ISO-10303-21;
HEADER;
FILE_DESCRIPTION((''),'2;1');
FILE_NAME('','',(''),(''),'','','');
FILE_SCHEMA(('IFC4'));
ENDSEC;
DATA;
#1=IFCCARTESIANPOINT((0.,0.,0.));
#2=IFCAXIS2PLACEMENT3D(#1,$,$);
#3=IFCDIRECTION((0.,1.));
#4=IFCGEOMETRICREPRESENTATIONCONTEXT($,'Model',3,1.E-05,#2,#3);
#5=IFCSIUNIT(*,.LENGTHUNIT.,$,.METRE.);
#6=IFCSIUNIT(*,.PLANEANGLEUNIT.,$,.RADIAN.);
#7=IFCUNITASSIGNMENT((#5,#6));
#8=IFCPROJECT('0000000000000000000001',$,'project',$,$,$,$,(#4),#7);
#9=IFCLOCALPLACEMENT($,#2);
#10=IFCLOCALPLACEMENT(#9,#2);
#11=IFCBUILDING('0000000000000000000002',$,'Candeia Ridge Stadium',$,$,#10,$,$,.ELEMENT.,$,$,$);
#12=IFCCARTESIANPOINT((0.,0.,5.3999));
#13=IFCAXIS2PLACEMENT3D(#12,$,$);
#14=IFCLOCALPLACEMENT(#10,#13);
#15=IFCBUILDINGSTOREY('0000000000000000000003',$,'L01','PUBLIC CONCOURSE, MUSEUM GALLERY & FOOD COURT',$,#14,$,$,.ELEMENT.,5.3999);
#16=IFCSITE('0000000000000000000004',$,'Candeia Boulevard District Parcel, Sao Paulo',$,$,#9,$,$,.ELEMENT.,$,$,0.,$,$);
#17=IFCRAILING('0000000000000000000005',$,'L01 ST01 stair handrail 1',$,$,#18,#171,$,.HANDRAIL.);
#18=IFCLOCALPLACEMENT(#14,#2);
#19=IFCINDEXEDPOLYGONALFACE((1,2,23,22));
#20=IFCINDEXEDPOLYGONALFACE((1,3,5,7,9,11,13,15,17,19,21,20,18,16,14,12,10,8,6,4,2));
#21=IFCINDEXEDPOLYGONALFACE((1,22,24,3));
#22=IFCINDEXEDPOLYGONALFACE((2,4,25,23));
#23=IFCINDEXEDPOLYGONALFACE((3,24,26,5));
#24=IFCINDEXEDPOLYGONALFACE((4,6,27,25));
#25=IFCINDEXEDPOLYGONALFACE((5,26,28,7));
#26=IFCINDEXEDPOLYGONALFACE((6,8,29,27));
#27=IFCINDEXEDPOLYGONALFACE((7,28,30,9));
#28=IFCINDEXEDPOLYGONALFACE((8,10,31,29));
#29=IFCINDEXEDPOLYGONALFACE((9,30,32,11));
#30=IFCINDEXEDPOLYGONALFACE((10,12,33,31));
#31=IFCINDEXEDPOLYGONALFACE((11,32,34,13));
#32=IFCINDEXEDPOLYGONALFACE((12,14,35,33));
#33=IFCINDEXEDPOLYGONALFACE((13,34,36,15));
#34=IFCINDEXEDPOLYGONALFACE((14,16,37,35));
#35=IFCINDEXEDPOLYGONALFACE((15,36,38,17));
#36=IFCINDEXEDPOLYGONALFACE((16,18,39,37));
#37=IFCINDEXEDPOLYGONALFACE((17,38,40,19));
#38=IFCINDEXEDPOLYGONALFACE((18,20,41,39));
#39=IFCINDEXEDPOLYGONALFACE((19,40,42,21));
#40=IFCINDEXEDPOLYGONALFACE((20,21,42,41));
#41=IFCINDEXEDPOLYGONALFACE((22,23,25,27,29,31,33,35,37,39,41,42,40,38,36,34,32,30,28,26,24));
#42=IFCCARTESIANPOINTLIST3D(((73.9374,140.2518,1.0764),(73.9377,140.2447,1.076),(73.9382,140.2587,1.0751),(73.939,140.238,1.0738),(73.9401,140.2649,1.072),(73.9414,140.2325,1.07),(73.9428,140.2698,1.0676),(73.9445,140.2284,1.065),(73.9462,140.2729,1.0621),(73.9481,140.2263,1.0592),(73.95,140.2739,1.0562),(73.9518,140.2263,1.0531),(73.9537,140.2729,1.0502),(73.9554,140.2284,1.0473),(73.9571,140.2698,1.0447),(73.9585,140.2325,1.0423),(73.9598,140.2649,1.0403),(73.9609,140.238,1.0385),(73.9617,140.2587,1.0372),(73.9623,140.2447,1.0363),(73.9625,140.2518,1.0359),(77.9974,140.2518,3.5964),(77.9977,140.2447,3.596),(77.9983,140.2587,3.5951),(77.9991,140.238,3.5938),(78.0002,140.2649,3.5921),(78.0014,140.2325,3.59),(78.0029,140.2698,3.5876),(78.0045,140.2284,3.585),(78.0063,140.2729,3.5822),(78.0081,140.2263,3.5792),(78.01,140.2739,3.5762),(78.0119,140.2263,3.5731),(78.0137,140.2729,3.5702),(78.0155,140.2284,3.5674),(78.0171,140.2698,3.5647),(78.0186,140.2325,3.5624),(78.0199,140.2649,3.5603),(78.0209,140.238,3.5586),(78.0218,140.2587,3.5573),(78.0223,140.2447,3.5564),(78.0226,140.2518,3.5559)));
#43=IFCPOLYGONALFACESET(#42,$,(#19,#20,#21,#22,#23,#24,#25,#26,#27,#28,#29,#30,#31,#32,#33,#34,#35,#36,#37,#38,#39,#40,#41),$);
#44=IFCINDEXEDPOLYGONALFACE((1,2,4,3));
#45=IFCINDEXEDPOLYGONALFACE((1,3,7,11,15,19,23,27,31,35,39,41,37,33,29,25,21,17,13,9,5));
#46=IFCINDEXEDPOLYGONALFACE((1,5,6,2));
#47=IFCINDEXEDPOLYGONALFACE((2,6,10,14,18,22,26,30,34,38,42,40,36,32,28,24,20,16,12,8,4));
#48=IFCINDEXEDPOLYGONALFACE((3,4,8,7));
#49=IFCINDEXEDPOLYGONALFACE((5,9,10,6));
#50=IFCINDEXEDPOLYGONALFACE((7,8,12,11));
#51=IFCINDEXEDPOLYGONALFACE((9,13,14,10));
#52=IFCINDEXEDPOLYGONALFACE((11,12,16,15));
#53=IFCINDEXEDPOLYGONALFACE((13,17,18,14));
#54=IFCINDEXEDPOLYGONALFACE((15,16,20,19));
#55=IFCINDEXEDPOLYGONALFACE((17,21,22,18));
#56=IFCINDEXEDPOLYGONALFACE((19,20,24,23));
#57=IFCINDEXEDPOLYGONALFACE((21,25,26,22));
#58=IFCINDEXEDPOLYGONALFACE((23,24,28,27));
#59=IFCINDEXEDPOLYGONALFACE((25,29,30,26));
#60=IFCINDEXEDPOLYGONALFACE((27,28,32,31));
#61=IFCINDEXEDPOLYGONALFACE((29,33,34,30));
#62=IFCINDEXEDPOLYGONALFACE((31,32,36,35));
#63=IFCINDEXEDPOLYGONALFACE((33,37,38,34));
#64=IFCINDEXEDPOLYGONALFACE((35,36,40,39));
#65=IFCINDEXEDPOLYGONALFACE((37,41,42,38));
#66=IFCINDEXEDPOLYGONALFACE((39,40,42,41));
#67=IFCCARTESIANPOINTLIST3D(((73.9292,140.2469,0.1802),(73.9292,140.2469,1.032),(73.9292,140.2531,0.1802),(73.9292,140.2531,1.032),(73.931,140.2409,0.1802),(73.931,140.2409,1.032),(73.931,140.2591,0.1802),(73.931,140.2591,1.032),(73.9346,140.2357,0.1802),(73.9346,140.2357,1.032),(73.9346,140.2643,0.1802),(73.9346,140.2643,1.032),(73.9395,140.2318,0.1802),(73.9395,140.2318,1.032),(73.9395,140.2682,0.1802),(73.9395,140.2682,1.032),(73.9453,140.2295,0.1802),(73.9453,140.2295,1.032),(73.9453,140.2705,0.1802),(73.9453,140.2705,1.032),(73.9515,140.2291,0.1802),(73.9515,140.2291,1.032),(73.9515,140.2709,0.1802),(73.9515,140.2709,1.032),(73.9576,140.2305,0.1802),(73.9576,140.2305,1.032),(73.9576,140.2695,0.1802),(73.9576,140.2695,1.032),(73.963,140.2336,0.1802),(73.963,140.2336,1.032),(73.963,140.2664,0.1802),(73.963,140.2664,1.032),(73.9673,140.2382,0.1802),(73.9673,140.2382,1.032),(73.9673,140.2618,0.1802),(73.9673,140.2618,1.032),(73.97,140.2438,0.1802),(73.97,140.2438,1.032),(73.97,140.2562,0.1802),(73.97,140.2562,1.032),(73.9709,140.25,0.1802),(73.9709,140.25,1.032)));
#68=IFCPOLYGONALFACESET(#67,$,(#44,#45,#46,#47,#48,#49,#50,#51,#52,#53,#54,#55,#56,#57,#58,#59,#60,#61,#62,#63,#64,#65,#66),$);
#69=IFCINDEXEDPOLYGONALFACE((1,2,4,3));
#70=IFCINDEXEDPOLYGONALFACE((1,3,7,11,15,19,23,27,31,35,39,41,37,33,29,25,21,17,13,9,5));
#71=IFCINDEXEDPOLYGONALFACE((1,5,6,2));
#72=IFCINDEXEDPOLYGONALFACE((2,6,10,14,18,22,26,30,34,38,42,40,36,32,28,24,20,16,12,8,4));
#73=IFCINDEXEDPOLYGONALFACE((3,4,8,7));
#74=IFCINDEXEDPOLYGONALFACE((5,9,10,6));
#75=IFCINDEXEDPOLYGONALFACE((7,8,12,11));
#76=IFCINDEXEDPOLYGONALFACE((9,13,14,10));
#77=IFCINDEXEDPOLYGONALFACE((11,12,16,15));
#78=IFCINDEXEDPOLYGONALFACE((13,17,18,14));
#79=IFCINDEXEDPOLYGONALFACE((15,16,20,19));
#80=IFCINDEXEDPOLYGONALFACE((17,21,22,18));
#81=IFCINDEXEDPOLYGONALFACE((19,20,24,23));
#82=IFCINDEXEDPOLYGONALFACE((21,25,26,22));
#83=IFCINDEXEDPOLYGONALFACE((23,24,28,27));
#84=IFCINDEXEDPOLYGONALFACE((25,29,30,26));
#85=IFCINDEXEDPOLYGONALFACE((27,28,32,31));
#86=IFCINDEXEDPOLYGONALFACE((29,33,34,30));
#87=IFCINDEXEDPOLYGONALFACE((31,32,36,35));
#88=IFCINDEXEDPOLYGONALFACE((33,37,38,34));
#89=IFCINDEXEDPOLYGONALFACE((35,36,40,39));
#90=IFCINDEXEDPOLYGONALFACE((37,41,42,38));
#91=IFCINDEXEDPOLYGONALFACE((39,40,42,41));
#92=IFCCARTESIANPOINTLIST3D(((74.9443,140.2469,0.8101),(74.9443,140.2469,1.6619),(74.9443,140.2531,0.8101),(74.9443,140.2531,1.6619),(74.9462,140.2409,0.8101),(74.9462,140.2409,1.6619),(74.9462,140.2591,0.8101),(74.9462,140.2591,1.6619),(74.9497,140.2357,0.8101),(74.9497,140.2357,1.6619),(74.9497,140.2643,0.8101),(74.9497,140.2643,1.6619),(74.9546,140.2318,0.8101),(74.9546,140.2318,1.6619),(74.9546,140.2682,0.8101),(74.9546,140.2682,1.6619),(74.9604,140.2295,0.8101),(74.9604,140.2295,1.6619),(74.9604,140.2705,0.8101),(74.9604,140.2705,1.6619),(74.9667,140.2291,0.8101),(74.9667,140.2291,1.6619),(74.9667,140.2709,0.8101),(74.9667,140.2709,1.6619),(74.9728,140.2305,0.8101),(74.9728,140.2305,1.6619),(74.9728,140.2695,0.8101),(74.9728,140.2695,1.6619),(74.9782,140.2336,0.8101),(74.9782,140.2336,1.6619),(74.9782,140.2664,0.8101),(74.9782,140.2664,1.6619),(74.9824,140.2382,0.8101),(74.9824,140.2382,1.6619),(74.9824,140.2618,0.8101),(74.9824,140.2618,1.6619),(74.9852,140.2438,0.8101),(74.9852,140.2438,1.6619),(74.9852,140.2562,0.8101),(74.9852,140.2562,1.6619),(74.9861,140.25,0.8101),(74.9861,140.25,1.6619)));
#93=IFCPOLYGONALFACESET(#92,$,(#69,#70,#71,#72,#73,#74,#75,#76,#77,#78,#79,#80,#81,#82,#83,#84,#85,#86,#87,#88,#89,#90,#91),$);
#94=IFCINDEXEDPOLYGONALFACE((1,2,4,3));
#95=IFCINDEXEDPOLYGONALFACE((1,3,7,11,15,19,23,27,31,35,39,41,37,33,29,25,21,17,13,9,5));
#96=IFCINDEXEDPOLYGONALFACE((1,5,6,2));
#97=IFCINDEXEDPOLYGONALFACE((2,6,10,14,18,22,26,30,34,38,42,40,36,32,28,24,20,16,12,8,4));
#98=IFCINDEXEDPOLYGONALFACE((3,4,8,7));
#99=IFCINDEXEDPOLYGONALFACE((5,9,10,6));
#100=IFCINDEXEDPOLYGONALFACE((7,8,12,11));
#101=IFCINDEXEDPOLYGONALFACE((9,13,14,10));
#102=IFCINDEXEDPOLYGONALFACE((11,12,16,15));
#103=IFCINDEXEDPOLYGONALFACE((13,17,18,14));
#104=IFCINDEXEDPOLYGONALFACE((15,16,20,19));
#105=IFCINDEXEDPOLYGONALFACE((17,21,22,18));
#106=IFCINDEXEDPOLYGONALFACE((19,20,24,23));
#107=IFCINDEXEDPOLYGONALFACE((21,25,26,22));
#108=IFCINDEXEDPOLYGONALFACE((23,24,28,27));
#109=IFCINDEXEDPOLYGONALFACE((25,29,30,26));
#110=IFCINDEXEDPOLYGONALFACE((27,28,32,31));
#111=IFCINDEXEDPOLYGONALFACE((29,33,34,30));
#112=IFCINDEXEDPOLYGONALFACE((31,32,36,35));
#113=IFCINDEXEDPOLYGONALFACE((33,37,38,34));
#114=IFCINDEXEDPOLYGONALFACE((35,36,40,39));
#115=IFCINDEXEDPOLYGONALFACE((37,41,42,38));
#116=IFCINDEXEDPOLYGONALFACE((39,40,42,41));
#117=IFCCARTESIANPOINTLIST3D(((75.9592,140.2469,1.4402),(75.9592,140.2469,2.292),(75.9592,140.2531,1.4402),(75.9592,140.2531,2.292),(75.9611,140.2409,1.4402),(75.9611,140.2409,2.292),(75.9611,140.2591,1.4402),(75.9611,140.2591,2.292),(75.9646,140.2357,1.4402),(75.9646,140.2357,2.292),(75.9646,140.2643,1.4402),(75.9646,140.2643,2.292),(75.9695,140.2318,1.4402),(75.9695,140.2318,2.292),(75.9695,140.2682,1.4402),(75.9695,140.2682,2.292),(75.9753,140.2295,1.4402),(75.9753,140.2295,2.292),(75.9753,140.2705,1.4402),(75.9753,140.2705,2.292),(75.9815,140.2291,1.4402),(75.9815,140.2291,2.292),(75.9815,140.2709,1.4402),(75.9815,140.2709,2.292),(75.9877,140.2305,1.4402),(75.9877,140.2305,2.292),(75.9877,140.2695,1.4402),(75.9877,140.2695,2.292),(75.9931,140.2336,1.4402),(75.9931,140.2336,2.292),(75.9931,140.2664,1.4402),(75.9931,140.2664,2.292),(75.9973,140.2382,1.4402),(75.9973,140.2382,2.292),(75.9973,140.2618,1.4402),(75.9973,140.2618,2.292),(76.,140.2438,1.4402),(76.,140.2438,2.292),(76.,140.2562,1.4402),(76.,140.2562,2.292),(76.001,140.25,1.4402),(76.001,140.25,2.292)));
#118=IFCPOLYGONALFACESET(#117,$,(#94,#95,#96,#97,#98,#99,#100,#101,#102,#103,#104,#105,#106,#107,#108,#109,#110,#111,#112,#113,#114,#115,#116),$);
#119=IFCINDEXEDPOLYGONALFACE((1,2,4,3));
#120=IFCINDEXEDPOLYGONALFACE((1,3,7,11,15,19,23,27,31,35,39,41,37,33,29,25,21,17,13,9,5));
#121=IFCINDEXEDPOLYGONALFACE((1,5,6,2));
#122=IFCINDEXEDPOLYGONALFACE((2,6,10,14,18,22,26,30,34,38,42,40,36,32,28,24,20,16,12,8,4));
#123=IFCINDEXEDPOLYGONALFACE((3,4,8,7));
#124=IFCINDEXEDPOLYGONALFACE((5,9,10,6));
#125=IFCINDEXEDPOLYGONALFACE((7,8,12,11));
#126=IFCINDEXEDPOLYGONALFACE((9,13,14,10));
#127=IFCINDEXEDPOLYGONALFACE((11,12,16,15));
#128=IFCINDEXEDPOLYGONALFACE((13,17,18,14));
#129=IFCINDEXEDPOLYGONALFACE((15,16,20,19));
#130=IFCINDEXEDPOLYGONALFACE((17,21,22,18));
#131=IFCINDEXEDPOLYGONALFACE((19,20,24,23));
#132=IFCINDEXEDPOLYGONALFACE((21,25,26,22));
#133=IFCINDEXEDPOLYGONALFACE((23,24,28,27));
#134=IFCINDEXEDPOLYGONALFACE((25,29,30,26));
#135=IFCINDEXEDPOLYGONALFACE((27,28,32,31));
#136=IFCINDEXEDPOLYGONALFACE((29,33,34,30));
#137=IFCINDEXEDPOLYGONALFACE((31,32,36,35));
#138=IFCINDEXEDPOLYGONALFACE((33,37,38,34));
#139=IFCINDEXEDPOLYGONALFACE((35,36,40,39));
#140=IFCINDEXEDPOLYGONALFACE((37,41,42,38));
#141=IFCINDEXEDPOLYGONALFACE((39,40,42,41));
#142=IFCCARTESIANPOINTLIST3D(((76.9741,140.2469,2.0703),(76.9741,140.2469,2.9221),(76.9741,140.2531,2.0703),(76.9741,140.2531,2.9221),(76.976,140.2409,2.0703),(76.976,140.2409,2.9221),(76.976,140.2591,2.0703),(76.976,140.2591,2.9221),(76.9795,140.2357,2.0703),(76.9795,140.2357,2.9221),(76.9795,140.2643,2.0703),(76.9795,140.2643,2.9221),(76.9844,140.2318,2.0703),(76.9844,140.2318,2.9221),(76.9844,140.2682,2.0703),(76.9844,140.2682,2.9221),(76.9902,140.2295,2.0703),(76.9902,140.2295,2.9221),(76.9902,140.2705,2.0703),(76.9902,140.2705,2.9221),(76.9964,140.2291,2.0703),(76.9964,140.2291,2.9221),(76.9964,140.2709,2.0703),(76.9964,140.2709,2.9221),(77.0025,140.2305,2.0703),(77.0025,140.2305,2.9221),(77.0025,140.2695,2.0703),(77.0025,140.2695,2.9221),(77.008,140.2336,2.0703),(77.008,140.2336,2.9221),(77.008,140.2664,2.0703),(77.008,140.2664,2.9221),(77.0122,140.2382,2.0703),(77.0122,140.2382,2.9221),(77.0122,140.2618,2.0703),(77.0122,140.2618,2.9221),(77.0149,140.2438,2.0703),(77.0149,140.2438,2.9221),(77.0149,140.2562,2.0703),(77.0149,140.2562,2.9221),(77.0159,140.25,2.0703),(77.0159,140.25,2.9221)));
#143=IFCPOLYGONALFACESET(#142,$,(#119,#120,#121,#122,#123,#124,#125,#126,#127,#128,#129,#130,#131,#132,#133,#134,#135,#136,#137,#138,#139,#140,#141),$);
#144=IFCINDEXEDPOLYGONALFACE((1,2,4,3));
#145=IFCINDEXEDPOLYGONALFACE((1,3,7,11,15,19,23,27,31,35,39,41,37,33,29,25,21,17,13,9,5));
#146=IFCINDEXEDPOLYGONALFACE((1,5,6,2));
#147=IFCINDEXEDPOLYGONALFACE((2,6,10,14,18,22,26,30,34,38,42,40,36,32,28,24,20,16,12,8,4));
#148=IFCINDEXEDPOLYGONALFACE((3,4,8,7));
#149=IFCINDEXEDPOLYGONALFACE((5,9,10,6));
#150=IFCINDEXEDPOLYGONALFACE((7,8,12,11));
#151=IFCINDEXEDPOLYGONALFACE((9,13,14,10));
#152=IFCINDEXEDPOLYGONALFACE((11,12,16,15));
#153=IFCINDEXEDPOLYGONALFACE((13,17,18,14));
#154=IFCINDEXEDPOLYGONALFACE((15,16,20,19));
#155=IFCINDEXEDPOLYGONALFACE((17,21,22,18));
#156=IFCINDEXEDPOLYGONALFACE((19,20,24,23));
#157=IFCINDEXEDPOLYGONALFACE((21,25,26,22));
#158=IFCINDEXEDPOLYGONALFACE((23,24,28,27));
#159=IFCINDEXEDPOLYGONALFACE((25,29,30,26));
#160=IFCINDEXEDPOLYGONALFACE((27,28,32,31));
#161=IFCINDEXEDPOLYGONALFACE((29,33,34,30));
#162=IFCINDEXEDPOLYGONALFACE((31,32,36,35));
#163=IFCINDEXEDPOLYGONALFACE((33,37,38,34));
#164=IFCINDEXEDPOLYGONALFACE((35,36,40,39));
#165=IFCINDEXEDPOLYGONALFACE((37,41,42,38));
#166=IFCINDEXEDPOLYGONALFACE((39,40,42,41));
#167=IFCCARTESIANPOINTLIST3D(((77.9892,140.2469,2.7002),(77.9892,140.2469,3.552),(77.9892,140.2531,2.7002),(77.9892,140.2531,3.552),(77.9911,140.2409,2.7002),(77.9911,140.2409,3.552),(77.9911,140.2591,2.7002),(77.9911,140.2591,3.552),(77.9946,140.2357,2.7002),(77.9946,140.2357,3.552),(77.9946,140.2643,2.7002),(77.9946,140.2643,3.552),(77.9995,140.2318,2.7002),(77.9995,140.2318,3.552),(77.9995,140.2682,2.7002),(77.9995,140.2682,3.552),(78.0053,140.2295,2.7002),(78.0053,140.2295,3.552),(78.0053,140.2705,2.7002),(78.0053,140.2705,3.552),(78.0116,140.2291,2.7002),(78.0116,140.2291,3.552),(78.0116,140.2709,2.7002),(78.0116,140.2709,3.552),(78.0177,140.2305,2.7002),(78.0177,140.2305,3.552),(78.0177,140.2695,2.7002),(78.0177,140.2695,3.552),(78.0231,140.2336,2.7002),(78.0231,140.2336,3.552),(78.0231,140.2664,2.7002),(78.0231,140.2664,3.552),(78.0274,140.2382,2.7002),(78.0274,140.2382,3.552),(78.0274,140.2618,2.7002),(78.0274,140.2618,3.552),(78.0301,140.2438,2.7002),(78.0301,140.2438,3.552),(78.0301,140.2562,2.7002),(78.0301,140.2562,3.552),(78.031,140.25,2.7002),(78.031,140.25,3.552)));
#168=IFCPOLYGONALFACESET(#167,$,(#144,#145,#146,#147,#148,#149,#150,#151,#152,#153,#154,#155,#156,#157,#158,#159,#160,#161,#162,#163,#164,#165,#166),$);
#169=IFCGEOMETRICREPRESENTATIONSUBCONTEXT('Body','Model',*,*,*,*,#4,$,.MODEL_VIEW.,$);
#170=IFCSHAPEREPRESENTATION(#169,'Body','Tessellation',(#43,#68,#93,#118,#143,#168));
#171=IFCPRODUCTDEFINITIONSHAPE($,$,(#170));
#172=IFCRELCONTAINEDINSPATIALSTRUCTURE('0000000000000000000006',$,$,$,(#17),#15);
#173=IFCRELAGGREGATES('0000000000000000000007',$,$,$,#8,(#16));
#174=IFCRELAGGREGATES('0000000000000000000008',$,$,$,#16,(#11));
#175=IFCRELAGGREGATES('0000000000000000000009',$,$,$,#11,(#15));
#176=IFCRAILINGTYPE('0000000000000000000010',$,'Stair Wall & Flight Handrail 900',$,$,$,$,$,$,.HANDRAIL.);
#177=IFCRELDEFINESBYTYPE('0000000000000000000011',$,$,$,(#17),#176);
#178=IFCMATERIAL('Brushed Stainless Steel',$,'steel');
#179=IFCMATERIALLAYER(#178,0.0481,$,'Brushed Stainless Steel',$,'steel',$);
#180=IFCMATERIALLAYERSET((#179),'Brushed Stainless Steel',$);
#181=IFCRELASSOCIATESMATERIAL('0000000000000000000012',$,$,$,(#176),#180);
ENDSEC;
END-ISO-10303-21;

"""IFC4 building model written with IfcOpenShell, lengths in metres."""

from ifc_helpers import new_model, si_unit, direction, frame, origin, origin_2d, place, context, subcontext, project, spatial, circle, extrude, material, layer, layer_set, type_object, element, save


model = new_model("IFC4")

# Units and contexts
model_context = context("Model", 3, precision=1e-05, world=origin(), true_north=direction((0.0, 1.0)))
body_context = subcontext(model_context, "Body", "Model", "MODEL_VIEW")
ifc_project = project(units=[si_unit("LENGTHUNIT", "METRE"), si_unit("PLANEANGLEUNIT", "RADIAN")], contexts=[model_context])

# Site, building, storey
site_placement = place(None, origin())
site = spatial("IfcSite", under=ifc_project, at=site_placement, Name="Candeia Boulevard District Parcel, Sao Paulo", CompositionType="ELEMENT", RefElevation=0.0)
building_placement = place(site_placement, origin())
building = spatial("IfcBuilding", under=site, at=building_placement, Name="Candeia Ridge Stadium", CompositionType="ELEMENT")
storey_placement = place(building_placement, frame((0.0, 0.0, 5.3999)))
storey = spatial("IfcBuildingStorey", under=building, at=storey_placement, Name="L01", Description="PUBLIC CONCOURSE, MUSEUM GALLERY & FOOD COURT", CompositionType="ELEMENT", Elevation=5.3999)

# Railing
ifc_material_1 = material(Name="Brushed Stainless Steel", Category="steel")
ifc_layer_1 = layer(ifc_material_1, 0.0481, Name="Brushed Stainless Steel", Category="steel")
ifc_layer_set_1 = layer_set([ifc_layer_1], Name="Brushed Stainless Steel")
railing_type_1 = type_object("IfcRailingType", Name="Stair Wall & Flight Handrail 900", PredefinedType="HANDRAIL", material=ifc_layer_set_1)
railing_1_placement = place(storey_placement, frame((73.95, 140.25, 0.1802)))
element("IfcRailing", 1, at=railing_1_placement, inside=storey, type_object=railing_type_1, Name="L01 ST01 stair handrail 1", PredefinedType="HANDRAIL", context=body_context, shape_type="SweptSolid", body=[
    extrude(circle(Radius=0.0239, at=origin_2d()), frame((0.0, 0.0, 0.876), z_axis=(0.849642, 0.0, 0.52736), x_axis=(0.0, 1.0, 0.0)), (0.0, 0.0, 1.0), 4.7786),
    extrude(circle(Radius=0.021, at=origin_2d()), origin(), (0.0, 0.0, 1.0), 0.8518),
    extrude(circle(Radius=0.021, at=origin_2d()), frame((1.0151, 0.0, 0.6299)), (0.0, 0.0, 1.0), 0.8518),
    extrude(circle(Radius=0.021, at=origin_2d()), frame((2.03, 0.0, 1.26)), (0.0, 0.0, 1.0), 0.8518),
    extrude(circle(Radius=0.021, at=origin_2d()), frame((3.0449, 0.0, 1.8901)), (0.0, 0.0, 1.0), 0.8518),
    extrude(circle(Radius=0.021, at=origin_2d()), frame((4.0601, 0.0, 2.52)), (0.0, 0.0, 1.0), 0.8518),
])

save(model, "model.ifc")
